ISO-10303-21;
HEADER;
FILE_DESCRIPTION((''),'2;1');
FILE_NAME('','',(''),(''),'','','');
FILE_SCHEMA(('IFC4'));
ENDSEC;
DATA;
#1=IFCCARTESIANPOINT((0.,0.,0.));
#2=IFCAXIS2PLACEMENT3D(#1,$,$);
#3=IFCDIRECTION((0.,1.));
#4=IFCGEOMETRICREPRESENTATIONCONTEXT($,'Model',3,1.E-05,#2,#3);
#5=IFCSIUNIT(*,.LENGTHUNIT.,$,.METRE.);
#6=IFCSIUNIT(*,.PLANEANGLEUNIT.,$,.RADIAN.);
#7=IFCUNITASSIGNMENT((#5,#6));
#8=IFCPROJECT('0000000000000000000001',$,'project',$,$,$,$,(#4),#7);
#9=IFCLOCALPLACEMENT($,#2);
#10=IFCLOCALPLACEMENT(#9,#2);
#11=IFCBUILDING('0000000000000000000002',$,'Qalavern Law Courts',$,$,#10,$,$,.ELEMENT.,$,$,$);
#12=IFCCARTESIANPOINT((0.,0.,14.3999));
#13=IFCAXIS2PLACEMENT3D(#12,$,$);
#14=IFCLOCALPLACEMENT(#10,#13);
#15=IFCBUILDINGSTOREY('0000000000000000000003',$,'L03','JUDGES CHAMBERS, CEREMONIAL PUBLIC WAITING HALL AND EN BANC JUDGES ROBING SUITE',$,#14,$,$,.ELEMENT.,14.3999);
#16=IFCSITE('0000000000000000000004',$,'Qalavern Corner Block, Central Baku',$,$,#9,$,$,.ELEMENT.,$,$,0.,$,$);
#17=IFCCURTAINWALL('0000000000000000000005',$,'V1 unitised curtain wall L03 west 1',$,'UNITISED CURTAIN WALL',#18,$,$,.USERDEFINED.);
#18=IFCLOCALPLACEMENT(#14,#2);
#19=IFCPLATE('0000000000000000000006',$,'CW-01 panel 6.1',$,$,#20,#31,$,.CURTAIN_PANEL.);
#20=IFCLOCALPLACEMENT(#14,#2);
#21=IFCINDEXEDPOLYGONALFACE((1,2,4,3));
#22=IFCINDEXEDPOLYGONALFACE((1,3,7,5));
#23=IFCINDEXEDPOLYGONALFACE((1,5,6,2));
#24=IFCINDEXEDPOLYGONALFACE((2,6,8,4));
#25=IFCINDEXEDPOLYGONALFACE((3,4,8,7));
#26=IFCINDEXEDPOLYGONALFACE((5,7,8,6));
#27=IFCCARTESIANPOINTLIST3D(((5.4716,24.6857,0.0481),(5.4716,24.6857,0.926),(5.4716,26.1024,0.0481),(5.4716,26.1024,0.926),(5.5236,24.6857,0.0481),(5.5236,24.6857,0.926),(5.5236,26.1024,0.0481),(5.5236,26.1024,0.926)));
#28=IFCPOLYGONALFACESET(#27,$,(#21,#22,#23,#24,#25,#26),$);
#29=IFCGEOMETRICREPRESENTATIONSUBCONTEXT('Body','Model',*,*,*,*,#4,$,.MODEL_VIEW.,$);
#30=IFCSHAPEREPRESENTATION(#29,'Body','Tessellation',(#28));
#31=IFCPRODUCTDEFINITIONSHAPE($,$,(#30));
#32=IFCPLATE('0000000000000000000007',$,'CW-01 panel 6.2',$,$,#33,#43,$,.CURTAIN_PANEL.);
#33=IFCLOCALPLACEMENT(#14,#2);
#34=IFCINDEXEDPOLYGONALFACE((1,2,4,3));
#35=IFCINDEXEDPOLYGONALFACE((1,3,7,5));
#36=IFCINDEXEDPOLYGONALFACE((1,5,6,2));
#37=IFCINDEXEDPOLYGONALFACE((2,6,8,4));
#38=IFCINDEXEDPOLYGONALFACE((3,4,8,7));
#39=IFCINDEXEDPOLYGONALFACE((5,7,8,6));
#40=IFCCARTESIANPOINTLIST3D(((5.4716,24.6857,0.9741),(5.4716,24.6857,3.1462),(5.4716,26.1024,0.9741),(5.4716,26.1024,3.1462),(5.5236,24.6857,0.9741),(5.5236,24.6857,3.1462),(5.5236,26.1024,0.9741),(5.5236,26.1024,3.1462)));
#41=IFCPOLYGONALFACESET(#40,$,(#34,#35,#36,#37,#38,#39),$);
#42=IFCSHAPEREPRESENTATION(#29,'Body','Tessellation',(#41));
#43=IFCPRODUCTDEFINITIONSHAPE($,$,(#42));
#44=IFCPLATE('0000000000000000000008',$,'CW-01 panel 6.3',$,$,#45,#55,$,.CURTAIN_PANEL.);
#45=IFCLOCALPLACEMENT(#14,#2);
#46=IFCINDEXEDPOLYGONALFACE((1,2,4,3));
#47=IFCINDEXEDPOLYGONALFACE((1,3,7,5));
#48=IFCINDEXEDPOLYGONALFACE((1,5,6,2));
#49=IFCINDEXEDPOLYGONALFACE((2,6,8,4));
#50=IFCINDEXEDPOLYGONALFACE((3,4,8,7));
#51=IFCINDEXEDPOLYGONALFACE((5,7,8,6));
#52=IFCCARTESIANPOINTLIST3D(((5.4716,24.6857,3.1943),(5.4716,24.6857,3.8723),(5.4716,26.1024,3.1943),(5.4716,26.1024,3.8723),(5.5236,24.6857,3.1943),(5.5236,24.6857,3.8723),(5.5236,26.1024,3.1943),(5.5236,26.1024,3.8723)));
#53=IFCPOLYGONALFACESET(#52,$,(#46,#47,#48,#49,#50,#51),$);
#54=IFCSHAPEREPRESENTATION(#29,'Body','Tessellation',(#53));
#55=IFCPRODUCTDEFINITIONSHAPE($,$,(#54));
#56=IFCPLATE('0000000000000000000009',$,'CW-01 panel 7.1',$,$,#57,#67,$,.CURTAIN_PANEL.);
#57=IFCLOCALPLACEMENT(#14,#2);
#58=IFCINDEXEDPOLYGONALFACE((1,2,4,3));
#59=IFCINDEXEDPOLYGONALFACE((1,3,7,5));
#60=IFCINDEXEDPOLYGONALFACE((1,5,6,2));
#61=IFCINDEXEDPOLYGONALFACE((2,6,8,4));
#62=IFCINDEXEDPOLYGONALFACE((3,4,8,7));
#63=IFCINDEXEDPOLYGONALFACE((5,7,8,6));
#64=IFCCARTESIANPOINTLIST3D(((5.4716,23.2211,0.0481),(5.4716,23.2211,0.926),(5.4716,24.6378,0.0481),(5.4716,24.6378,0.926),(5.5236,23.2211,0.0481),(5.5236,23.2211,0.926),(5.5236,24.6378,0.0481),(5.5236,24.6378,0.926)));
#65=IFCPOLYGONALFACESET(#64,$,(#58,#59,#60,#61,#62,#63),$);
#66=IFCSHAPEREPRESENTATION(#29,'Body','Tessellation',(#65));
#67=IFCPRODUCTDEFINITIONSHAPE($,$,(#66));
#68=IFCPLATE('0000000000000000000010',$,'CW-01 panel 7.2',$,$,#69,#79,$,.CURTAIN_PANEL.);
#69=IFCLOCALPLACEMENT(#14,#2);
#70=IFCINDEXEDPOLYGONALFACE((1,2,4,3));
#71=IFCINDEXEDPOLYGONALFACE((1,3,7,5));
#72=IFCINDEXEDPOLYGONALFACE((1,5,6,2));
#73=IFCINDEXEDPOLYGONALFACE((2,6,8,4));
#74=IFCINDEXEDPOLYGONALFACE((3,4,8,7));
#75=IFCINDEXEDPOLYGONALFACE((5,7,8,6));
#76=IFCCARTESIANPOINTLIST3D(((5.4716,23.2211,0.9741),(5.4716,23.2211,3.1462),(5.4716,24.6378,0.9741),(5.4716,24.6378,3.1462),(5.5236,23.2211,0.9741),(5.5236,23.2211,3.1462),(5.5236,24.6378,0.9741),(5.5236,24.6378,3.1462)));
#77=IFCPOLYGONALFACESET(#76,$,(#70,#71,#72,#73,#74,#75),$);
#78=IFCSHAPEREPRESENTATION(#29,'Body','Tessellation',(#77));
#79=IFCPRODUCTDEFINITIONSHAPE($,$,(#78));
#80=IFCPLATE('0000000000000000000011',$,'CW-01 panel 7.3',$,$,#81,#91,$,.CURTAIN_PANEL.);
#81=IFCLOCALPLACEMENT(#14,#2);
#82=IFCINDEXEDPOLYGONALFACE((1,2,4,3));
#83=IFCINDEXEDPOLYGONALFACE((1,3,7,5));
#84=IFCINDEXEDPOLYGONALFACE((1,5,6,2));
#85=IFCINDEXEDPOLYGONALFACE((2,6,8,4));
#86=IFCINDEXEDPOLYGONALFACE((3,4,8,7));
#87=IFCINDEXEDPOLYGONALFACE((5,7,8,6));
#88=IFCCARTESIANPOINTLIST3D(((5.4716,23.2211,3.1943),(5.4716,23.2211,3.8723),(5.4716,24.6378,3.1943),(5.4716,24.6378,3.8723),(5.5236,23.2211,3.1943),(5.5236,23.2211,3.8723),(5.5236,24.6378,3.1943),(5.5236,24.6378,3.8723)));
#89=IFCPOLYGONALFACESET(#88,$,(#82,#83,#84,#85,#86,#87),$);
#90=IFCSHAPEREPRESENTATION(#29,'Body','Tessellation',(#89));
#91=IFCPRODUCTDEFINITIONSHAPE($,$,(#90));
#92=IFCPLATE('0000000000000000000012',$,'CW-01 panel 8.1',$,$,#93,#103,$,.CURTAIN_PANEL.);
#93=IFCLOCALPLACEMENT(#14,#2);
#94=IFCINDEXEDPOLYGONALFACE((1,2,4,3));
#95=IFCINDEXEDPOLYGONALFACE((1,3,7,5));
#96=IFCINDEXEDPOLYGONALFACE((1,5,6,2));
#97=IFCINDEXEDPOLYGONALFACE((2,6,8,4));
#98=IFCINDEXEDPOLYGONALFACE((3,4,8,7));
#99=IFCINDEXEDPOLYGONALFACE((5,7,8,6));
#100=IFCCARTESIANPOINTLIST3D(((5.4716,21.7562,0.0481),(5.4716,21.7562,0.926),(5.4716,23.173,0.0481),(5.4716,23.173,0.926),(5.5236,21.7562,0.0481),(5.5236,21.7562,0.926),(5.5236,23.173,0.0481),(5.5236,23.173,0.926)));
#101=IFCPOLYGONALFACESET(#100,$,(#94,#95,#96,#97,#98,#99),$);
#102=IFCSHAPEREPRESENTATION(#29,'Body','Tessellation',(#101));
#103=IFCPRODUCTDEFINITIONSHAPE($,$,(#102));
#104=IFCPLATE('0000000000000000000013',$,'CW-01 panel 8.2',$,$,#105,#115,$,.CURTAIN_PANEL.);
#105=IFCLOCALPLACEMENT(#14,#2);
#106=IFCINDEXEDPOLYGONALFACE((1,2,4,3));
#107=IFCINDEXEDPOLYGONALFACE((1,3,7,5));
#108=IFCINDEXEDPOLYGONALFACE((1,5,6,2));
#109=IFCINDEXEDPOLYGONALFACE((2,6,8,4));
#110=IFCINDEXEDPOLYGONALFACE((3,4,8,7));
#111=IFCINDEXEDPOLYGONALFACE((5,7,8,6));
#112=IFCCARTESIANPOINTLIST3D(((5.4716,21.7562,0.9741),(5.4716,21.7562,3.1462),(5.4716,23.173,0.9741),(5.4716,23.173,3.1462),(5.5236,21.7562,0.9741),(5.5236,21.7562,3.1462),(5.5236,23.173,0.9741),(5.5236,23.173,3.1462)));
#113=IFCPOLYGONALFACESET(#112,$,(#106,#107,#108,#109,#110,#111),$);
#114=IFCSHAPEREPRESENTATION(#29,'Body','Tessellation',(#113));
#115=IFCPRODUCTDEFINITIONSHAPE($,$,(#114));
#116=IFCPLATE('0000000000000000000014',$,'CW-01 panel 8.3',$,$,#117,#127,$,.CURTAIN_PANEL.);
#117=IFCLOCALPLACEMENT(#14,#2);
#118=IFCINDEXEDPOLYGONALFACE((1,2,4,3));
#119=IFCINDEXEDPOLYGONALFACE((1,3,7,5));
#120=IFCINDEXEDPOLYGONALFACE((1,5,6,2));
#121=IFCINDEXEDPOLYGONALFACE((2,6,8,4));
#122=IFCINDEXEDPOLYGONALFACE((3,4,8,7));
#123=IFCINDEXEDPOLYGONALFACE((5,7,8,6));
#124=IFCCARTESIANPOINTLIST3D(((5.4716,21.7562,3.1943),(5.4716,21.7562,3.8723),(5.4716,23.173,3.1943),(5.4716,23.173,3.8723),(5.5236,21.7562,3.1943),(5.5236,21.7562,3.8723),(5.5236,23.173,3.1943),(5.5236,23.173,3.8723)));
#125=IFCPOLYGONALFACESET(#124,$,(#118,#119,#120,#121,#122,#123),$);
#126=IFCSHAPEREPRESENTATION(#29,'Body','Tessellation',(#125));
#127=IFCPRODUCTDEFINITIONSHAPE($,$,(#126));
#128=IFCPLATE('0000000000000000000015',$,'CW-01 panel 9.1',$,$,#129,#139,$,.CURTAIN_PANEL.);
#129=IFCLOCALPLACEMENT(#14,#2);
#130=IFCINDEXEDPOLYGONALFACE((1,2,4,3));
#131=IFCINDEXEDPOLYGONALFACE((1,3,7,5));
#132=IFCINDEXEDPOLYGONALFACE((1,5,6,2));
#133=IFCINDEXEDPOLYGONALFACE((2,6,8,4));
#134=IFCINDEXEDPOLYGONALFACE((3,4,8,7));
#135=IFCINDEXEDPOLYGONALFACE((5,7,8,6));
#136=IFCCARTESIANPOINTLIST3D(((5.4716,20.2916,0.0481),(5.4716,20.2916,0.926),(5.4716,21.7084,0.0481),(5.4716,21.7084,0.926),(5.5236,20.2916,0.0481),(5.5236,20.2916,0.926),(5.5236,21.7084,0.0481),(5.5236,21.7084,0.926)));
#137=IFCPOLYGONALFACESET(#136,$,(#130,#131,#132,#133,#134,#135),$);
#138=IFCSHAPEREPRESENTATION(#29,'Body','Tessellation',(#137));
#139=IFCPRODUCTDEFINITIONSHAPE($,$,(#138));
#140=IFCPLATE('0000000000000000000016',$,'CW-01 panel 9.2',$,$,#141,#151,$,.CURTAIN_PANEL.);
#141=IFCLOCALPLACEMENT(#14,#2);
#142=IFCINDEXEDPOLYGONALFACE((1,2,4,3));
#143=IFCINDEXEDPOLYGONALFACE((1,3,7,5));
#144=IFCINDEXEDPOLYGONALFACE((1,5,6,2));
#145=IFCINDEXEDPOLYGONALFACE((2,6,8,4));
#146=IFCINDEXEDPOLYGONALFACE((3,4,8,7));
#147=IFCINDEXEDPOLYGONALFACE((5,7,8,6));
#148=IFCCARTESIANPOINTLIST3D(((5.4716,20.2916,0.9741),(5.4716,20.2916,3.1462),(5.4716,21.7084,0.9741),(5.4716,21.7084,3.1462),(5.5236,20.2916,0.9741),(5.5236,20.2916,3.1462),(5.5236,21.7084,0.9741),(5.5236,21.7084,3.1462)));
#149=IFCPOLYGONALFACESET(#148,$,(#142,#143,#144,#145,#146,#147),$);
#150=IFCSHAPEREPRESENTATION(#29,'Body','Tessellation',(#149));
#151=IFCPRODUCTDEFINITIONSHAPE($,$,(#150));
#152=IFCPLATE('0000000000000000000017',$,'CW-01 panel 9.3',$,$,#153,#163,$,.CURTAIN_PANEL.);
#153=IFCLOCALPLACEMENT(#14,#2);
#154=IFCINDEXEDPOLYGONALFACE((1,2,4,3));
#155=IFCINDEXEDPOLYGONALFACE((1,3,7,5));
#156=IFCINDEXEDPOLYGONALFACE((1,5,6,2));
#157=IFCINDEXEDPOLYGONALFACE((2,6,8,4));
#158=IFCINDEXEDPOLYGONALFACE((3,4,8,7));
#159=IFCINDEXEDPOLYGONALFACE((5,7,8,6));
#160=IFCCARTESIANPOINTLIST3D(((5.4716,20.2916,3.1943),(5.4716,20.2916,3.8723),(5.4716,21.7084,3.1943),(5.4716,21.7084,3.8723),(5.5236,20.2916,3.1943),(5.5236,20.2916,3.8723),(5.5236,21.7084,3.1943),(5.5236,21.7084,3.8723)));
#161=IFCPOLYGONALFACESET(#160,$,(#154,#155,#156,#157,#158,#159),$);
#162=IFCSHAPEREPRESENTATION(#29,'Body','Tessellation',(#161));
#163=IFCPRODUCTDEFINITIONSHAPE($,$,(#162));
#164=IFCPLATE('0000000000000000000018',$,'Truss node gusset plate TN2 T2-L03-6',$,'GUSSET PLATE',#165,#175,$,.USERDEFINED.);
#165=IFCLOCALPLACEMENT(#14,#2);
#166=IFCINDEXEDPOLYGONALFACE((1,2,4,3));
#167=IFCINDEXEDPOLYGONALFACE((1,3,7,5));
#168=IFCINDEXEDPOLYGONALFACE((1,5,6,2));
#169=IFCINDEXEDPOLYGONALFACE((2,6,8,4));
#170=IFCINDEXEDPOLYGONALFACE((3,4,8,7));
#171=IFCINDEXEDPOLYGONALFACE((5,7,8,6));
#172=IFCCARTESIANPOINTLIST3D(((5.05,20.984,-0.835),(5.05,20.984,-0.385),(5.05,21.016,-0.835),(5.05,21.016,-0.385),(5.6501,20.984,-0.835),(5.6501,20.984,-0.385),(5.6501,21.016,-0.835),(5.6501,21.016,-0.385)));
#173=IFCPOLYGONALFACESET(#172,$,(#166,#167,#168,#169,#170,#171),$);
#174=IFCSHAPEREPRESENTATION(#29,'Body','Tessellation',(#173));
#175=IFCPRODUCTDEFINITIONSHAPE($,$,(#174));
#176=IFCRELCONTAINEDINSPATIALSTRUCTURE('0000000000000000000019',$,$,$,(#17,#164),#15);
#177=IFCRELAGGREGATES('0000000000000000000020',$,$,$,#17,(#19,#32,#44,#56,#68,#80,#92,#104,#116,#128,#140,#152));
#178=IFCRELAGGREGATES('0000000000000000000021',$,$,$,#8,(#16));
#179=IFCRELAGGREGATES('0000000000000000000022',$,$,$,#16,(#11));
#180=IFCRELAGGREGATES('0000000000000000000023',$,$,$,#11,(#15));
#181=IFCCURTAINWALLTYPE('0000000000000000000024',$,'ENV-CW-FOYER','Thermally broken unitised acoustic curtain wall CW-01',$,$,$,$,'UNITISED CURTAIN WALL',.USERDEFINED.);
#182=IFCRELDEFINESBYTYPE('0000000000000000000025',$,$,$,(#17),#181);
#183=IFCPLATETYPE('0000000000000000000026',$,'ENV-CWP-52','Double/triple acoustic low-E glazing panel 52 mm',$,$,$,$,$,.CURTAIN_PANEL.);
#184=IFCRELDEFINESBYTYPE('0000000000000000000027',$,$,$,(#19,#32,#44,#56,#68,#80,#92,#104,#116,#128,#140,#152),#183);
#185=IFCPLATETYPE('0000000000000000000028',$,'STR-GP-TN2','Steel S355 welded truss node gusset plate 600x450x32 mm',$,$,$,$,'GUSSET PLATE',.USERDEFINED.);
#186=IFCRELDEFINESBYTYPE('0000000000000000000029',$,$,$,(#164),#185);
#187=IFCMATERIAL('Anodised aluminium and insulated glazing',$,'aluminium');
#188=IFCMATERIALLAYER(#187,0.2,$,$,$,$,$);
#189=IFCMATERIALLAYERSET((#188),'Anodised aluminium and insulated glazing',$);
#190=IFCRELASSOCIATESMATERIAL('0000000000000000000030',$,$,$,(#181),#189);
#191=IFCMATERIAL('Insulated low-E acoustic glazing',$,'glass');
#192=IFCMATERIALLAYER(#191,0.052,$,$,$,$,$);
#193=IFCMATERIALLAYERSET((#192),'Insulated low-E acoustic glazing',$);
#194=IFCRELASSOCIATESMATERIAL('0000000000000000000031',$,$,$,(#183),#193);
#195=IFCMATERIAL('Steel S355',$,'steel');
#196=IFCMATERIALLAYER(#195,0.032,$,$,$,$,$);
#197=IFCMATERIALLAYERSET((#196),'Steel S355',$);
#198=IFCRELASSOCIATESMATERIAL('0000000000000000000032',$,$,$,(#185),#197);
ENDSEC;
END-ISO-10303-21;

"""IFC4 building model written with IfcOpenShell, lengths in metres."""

from ifc_helpers import new_model, si_unit, direction, frame, origin, origin_2d, place, context, subcontext, project, spatial, rectangle, extrude, material, layer, layer_set, type_object, element, aggregate, save


model = new_model("IFC4")

# Units and contexts
model_context = context("Model", 3, precision=1e-05, world=origin(), true_north=direction((0.0, 1.0)))
body_context = subcontext(model_context, "Body", "Model", "MODEL_VIEW")
ifc_project = project(units=[si_unit("LENGTHUNIT", "METRE"), si_unit("PLANEANGLEUNIT", "RADIAN")], contexts=[model_context])

# Site, building, storey
site_placement = place(None, origin())
site = spatial("IfcSite", under=ifc_project, at=site_placement, Name="Qalavern Corner Block, Central Baku", CompositionType="ELEMENT", RefElevation=0.0)
building_placement = place(site_placement, origin())
building = spatial("IfcBuilding", under=site, at=building_placement, Name="Qalavern Law Courts", CompositionType="ELEMENT")
storey_placement = place(building_placement, frame((0.0, 0.0, 14.3999)))
storey = spatial("IfcBuildingStorey", under=building, at=storey_placement, Name="L03", Description="JUDGES CHAMBERS, CEREMONIAL PUBLIC WAITING HALL AND EN BANC JUDGES ROBING SUITE", CompositionType="ELEMENT", Elevation=14.3999)

# Curtain wall
ifc_material_1 = material(Name="Anodised aluminium and insulated glazing", Category="aluminium")
ifc_layer_1 = layer(ifc_material_1, 0.2)
ifc_layer_set_1 = layer_set([ifc_layer_1], Name="Anodised aluminium and insulated glazing")
curtain_wall_type = type_object("IfcCurtainWallType", Name="ENV-CW-FOYER", Description="Thermally broken unitised acoustic curtain wall CW-01", ElementType="UNITISED CURTAIN WALL", PredefinedType="USERDEFINED", material=ifc_layer_set_1)
curtain_wall_placement = place(storey_placement, origin())
curtain_wall = element("IfcCurtainWall", 1, at=curtain_wall_placement, inside=storey, type_object=curtain_wall_type, Name="V1 unitised curtain wall L03 west 1", ObjectType="UNITISED CURTAIN WALL", PredefinedType="USERDEFINED")

# Shared definitions
ifc_material_2 = material(Name="Steel S355", Category="steel")

# Plates
ifc_material_3 = material(Name="Insulated low-E acoustic glazing", Category="glass")
ifc_layer_2 = layer(ifc_material_3, 0.052)
ifc_layer_set_2 = layer_set([ifc_layer_2], Name="Insulated low-E acoustic glazing")
plate_type_1 = type_object("IfcPlateType", Name="ENV-CWP-52", Description="Double/triple acoustic low-E glazing panel 52 mm", PredefinedType="CURTAIN_PANEL", material=ifc_layer_set_2)
plate_1_placement = place(storey_placement, frame((5.4976, 25.394, 0.0481), z_axis=(0.0, 0.0, 1.0), x_axis=(0.0, -1.0, 0.0)))
plate_1 = element("IfcPlate", 2, at=plate_1_placement, type_object=plate_type_1, Name="CW-01 panel 6.1", PredefinedType="CURTAIN_PANEL", context=body_context, shape_type="SweptSolid", body=[
    extrude(rectangle(XDim=1.4167, YDim=0.052, at=origin_2d()), origin(), (0.0, 0.0, 1.0), 0.8779),
])
plate_2_placement = place(storey_placement, frame((5.4976, 25.394, 0.9741), z_axis=(0.0, 0.0, 1.0), x_axis=(0.0, -1.0, 0.0)))
plate_2 = element("IfcPlate", 3, at=plate_2_placement, type_object=plate_type_1, Name="CW-01 panel 6.2", PredefinedType="CURTAIN_PANEL", context=body_context, shape_type="SweptSolid", body=[
    extrude(rectangle(XDim=1.4167, YDim=0.052, at=origin_2d()), origin(), (0.0, 0.0, 1.0), 2.1721),
])
plate_3_placement = place(storey_placement, frame((5.4976, 25.394, 3.1943), z_axis=(0.0, 0.0, 1.0), x_axis=(0.0, -1.0, 0.0)))
plate_3 = element("IfcPlate", 4, at=plate_3_placement, type_object=plate_type_1, Name="CW-01 panel 6.3", PredefinedType="CURTAIN_PANEL", context=body_context, shape_type="SweptSolid", body=[
    extrude(rectangle(XDim=1.4167, YDim=0.052, at=origin_2d()), origin(), (0.0, 0.0, 1.0), 0.678),
])
plate_4_placement = place(storey_placement, frame((5.4976, 23.9294, 0.0481), z_axis=(0.0, 0.0, 1.0), x_axis=(0.0, -1.0, 0.0)))
plate_4 = element("IfcPlate", 5, at=plate_4_placement, type_object=plate_type_1, Name="CW-01 panel 7.1", PredefinedType="CURTAIN_PANEL", context=body_context, shape_type="SweptSolid", body=[
    extrude(rectangle(XDim=1.4167, YDim=0.052, at=origin_2d()), origin(), (0.0, 0.0, 1.0), 0.8779),
])
plate_5_placement = place(storey_placement, frame((5.4976, 23.9294, 0.9741), z_axis=(0.0, 0.0, 1.0), x_axis=(0.0, -1.0, 0.0)))
plate_5 = element("IfcPlate", 6, at=plate_5_placement, type_object=plate_type_1, Name="CW-01 panel 7.2", PredefinedType="CURTAIN_PANEL", context=body_context, shape_type="SweptSolid", body=[
    extrude(rectangle(XDim=1.4167, YDim=0.052, at=origin_2d()), origin(), (0.0, 0.0, 1.0), 2.1721),
])
plate_6_placement = place(storey_placement, frame((5.4976, 23.9294, 3.1943), z_axis=(0.0, 0.0, 1.0), x_axis=(0.0, -1.0, 0.0)))
plate_6 = element("IfcPlate", 7, at=plate_6_placement, type_object=plate_type_1, Name="CW-01 panel 7.3", PredefinedType="CURTAIN_PANEL", context=body_context, shape_type="SweptSolid", body=[
    extrude(rectangle(XDim=1.4167, YDim=0.052, at=origin_2d()), origin(), (0.0, 0.0, 1.0), 0.678),
])
plate_7_placement = place(storey_placement, frame((5.4976, 22.4646, 0.0481), z_axis=(0.0, 0.0, 1.0), x_axis=(0.0, -1.0, 0.0)))
plate_7 = element("IfcPlate", 8, at=plate_7_placement, type_object=plate_type_1, Name="CW-01 panel 8.1", PredefinedType="CURTAIN_PANEL", context=body_context, shape_type="SweptSolid", body=[
    extrude(rectangle(XDim=1.4167, YDim=0.052, at=origin_2d()), origin(), (0.0, 0.0, 1.0), 0.8779),
])
plate_8_placement = place(storey_placement, frame((5.4976, 22.4646, 0.9741), z_axis=(0.0, 0.0, 1.0), x_axis=(0.0, -1.0, 0.0)))
plate_8 = element("IfcPlate", 9, at=plate_8_placement, type_object=plate_type_1, Name="CW-01 panel 8.2", PredefinedType="CURTAIN_PANEL", context=body_context, shape_type="SweptSolid", body=[
    extrude(rectangle(XDim=1.4167, YDim=0.052, at=origin_2d()), origin(), (0.0, 0.0, 1.0), 2.1721),
])
plate_9_placement = place(storey_placement, frame((5.4976, 22.4646, 3.1943), z_axis=(0.0, 0.0, 1.0), x_axis=(0.0, -1.0, 0.0)))
plate_9 = element("IfcPlate", 10, at=plate_9_placement, type_object=plate_type_1, Name="CW-01 panel 8.3", PredefinedType="CURTAIN_PANEL", context=body_context, shape_type="SweptSolid", body=[
    extrude(rectangle(XDim=1.4167, YDim=0.052, at=origin_2d()), origin(), (0.0, 0.0, 1.0), 0.678),
])
plate_10_placement = place(storey_placement, frame((5.4976, 21.0, 0.0481), z_axis=(0.0, 0.0, 1.0), x_axis=(0.0, -1.0, 0.0)))
plate_10 = element("IfcPlate", 11, at=plate_10_placement, type_object=plate_type_1, Name="CW-01 panel 9.1", PredefinedType="CURTAIN_PANEL", context=body_context, shape_type="SweptSolid", body=[
    extrude(rectangle(XDim=1.4167, YDim=0.052, at=origin_2d()), origin(), (0.0, 0.0, 1.0), 0.8779),
])
plate_11_placement = place(storey_placement, frame((5.4976, 21.0, 0.9741), z_axis=(0.0, 0.0, 1.0), x_axis=(0.0, -1.0, 0.0)))
plate_11 = element("IfcPlate", 12, at=plate_11_placement, type_object=plate_type_1, Name="CW-01 panel 9.2", PredefinedType="CURTAIN_PANEL", context=body_context, shape_type="SweptSolid", body=[
    extrude(rectangle(XDim=1.4167, YDim=0.052, at=origin_2d()), origin(), (0.0, 0.0, 1.0), 2.1721),
])
plate_12_placement = place(storey_placement, frame((5.4976, 21.0, 3.1943), z_axis=(0.0, 0.0, 1.0), x_axis=(0.0, -1.0, 0.0)))
plate_12 = element("IfcPlate", 13, at=plate_12_placement, type_object=plate_type_1, Name="CW-01 panel 9.3", PredefinedType="CURTAIN_PANEL", context=body_context, shape_type="SweptSolid", body=[
    extrude(rectangle(XDim=1.4167, YDim=0.052, at=origin_2d()), origin(), (0.0, 0.0, 1.0), 0.678),
])
aggregate(curtain_wall, [plate_1, plate_2, plate_3, plate_4, plate_5, plate_6, plate_7, plate_8, plate_9, plate_10, plate_11, plate_12])
ifc_layer_3 = layer(ifc_material_2, 0.032)
ifc_layer_set_3 = layer_set([ifc_layer_3], Name="Steel S355")
plate_type_2 = type_object("IfcPlateType", Name="STR-GP-TN2", Description="Steel S355 welded truss node gusset plate 600x450x32 mm", ElementType="GUSSET PLATE", PredefinedType="USERDEFINED", material=ifc_layer_set_3)
plate_13_placement = place(storey_placement, frame((5.3501, 21.0, -0.835), z_axis=(0.0, 0.0, 1.0), x_axis=(1.0, 0.0, 0.0)))
element("IfcPlate", 14, at=plate_13_placement, inside=storey, type_object=plate_type_2, Name="Truss node gusset plate TN2 T2-L03-6", ObjectType="GUSSET PLATE", PredefinedType="USERDEFINED", context=body_context, shape_type="SweptSolid", body=[
    extrude(rectangle(XDim=0.6001, YDim=0.032, at=origin_2d()), origin(), (0.0, 0.0, 1.0), 0.45),
])

save(model, "model.ifc")
